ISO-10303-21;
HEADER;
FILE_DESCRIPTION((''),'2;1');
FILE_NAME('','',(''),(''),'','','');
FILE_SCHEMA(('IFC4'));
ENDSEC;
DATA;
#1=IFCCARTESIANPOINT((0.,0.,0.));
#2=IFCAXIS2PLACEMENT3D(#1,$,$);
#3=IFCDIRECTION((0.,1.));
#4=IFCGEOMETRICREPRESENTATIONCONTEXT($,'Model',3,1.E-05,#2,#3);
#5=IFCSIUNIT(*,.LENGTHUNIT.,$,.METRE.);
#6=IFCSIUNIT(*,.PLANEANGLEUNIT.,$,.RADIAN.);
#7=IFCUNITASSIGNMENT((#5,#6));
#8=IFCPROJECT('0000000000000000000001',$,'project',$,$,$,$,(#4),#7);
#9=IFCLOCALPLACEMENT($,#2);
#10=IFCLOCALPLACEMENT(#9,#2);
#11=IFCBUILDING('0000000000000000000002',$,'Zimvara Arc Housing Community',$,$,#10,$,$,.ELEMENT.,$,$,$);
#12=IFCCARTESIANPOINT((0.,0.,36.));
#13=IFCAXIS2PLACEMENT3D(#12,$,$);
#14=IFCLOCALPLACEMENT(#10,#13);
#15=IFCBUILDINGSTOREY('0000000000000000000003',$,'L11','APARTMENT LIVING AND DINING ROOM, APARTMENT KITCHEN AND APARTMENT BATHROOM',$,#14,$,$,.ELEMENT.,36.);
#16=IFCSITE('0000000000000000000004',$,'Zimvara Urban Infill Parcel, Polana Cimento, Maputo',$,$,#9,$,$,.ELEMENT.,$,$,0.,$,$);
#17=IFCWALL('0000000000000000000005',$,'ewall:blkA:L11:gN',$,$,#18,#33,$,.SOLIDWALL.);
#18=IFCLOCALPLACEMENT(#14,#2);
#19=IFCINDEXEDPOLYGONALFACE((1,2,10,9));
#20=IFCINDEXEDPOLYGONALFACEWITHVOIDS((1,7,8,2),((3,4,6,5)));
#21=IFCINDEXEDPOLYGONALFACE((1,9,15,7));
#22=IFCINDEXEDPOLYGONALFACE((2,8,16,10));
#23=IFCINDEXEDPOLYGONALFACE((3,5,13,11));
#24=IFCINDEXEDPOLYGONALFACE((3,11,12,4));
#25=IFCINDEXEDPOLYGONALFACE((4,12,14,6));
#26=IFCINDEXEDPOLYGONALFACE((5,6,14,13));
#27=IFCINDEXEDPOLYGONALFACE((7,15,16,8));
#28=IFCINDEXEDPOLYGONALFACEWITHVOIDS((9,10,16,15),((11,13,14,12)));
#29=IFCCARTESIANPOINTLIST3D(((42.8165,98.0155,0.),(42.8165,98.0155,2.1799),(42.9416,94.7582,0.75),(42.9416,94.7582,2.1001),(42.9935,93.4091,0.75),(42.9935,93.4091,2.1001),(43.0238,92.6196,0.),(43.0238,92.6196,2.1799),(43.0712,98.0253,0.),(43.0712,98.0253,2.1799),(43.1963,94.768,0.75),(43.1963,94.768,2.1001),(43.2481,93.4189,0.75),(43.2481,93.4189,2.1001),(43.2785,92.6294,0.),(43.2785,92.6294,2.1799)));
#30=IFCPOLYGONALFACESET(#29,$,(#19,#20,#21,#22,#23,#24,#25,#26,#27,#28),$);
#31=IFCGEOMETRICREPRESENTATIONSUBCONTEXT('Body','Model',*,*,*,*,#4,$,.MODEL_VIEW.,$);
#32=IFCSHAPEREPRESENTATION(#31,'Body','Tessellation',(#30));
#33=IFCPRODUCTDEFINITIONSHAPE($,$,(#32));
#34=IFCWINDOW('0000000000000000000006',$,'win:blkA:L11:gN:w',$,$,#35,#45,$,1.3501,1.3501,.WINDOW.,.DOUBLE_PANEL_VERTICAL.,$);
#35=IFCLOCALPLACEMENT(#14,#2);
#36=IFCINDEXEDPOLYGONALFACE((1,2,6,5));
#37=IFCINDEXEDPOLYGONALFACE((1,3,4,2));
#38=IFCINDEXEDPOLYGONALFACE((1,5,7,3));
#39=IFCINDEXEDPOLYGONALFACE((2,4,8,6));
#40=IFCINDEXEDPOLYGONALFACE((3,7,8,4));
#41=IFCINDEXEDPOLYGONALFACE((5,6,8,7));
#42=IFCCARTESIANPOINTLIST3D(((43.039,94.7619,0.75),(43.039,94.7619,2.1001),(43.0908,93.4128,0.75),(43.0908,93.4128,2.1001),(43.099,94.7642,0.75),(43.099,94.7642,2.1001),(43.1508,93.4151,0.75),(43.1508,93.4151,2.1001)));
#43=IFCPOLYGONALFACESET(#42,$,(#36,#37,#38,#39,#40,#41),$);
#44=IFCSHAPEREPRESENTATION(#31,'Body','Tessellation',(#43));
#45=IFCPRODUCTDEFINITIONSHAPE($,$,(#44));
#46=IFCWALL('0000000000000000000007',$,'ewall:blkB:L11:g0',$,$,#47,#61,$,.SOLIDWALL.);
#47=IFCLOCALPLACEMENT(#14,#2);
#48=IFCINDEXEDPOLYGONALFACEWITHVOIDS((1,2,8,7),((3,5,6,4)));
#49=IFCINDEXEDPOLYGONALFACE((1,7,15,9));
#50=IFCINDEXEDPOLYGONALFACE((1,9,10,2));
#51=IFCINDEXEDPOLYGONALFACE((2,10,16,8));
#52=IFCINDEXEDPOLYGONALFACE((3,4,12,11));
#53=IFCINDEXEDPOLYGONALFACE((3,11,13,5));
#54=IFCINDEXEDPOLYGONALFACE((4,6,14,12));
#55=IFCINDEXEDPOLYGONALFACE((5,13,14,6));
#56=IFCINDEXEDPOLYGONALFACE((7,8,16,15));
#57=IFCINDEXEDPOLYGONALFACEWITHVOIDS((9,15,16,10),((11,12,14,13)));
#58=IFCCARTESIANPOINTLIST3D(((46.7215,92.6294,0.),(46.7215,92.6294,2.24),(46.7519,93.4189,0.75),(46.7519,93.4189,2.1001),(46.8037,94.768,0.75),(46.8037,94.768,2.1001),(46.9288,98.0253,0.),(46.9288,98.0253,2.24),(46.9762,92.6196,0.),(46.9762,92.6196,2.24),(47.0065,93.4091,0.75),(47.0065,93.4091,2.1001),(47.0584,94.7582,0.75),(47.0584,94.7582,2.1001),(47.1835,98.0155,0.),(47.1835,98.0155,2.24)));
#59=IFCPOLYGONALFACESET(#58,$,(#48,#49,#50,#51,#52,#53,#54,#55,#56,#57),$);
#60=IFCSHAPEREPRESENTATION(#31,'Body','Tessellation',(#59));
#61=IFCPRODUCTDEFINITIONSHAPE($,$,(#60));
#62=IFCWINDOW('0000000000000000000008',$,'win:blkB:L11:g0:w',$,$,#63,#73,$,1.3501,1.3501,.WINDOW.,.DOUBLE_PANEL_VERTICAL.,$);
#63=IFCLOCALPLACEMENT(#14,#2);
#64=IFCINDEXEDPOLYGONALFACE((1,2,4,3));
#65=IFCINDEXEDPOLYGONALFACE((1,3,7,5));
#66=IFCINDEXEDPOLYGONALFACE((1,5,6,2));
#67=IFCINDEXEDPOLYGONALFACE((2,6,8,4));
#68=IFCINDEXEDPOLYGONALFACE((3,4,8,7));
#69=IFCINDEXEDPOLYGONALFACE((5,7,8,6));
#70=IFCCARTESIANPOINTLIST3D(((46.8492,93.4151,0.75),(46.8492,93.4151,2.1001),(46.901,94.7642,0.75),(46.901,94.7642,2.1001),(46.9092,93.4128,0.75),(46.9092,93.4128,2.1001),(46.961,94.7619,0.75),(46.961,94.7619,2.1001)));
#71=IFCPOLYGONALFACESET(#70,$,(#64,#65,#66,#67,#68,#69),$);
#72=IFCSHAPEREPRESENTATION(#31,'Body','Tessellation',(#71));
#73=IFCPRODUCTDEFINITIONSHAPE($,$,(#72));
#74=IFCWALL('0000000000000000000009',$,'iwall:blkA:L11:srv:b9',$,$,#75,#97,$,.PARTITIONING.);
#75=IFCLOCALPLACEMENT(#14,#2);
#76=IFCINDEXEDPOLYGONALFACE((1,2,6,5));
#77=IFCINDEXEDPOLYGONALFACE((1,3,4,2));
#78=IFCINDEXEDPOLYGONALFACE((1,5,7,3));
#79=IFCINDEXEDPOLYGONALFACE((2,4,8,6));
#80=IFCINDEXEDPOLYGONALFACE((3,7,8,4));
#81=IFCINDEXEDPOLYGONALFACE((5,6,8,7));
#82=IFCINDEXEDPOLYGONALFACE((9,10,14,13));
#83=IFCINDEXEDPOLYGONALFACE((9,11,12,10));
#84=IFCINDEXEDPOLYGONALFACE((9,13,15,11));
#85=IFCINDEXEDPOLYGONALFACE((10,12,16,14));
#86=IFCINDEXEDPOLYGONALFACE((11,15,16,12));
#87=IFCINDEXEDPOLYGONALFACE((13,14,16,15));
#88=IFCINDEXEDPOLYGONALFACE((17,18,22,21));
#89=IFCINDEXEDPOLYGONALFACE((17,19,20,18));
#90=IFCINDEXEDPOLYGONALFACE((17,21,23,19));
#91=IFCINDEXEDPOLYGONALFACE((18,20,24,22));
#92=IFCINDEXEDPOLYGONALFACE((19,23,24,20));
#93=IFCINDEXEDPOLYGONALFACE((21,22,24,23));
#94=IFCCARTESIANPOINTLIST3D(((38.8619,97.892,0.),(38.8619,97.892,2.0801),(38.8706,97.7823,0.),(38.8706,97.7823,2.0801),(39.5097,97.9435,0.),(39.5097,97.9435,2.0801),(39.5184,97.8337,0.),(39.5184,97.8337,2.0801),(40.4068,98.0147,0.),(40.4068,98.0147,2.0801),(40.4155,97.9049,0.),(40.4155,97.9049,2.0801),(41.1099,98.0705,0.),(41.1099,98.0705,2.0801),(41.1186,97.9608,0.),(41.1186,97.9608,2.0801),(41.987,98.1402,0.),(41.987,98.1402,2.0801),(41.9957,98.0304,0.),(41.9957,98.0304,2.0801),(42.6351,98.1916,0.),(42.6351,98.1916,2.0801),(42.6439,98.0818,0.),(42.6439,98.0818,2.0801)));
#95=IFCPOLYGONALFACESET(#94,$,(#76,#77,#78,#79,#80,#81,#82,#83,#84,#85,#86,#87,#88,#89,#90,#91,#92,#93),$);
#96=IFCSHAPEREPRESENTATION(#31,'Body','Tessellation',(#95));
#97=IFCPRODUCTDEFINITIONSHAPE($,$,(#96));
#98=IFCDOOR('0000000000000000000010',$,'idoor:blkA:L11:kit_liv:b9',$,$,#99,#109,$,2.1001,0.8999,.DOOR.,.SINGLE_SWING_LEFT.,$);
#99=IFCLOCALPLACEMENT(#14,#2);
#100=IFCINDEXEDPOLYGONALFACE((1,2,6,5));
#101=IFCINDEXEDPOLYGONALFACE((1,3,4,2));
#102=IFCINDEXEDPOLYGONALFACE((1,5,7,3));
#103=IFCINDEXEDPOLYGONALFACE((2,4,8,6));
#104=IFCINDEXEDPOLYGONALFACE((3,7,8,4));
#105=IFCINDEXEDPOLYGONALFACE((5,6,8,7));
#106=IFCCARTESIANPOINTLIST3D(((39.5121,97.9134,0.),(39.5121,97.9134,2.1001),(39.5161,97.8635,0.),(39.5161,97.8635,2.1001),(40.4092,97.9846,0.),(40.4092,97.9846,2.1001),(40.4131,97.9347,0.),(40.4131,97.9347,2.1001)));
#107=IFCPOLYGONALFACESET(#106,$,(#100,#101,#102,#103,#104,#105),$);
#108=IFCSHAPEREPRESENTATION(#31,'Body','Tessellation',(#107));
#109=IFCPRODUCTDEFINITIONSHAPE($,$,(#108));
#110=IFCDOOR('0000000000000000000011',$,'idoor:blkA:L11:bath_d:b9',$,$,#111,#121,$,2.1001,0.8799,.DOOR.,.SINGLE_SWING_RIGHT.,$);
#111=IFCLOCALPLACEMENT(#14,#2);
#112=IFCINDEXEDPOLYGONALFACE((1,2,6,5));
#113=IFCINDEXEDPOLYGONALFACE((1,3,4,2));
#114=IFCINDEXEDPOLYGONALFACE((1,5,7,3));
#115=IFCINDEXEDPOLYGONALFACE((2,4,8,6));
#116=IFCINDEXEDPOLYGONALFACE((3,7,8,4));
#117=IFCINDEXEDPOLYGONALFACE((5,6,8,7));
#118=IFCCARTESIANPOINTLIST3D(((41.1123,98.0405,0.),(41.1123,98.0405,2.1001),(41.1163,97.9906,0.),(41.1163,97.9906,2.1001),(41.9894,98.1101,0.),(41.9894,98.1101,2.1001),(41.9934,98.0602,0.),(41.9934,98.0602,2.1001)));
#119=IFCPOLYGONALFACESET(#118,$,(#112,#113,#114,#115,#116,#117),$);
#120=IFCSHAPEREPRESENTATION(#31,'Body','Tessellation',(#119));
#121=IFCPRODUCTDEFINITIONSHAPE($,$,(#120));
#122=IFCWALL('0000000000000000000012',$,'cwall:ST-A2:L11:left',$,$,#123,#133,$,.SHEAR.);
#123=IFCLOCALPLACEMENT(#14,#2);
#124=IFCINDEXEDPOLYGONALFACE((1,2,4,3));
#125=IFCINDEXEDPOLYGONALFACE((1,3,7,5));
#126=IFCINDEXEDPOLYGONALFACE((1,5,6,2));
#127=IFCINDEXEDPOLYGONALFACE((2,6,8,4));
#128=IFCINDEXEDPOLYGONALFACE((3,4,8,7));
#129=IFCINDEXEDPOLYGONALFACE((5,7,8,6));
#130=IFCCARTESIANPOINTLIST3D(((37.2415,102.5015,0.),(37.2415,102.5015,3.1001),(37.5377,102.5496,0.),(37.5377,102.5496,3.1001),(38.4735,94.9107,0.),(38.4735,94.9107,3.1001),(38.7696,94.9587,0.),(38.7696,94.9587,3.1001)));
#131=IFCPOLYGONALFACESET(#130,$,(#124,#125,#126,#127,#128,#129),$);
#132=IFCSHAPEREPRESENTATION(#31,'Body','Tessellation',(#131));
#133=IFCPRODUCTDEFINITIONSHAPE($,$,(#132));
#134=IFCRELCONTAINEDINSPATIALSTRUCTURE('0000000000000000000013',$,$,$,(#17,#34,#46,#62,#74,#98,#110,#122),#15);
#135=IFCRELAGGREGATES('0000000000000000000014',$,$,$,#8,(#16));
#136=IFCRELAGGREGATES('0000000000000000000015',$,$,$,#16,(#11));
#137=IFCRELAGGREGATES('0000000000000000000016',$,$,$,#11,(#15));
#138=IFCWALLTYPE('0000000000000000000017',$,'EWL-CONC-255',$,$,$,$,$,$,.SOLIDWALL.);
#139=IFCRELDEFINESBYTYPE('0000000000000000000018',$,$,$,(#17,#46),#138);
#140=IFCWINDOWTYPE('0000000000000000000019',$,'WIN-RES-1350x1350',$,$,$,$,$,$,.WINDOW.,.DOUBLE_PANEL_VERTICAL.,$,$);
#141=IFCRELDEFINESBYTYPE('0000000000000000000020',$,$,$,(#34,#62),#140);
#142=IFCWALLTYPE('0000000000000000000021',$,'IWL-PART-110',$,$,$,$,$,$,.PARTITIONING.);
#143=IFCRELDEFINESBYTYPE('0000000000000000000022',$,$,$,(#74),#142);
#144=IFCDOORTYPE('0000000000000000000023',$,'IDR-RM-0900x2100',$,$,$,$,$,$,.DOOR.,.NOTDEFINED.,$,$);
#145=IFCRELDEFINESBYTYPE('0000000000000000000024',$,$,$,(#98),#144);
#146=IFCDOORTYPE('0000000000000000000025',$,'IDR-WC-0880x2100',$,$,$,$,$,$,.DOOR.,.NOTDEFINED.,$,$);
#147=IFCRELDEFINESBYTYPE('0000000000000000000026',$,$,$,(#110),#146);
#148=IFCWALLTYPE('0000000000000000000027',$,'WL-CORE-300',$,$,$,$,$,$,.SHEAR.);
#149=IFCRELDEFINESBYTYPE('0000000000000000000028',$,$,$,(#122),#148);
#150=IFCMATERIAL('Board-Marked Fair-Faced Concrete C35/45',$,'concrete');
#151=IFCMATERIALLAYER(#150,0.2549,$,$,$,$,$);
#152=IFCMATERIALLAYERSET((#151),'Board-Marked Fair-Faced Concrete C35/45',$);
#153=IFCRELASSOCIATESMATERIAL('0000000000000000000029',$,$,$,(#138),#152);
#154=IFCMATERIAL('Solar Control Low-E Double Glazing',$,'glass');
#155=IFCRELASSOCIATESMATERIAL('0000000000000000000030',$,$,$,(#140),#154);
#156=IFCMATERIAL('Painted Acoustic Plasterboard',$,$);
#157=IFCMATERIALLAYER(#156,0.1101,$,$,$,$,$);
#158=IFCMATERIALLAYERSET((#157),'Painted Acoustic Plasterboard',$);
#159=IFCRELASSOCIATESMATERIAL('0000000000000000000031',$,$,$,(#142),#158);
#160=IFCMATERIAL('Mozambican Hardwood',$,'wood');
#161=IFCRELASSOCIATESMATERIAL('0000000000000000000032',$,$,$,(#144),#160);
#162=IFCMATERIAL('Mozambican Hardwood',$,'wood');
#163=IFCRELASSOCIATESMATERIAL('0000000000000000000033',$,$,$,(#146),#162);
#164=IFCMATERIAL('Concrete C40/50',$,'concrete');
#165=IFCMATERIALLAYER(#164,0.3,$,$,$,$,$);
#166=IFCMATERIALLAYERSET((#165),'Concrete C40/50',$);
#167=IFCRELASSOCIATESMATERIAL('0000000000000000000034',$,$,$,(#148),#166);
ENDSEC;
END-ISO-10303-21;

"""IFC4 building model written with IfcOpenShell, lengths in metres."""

from ifc_helpers import new_model, si_unit, direction, frame, frame_2d, origin, place, context, subcontext, project, spatial, rectangle, extrude, material, layer, layer_set, type_object, element, fill, save


model = new_model("IFC4")

# Units and contexts
model_context = context("Model", 3, precision=1e-05, world=origin(), true_north=direction((0.0, 1.0)))
body_context = subcontext(model_context, "Body", "Model", "MODEL_VIEW")
ifc_project = project(units=[si_unit("LENGTHUNIT", "METRE"), si_unit("PLANEANGLEUNIT", "RADIAN")], contexts=[model_context])

# Site, building, storey
site_placement = place(None, origin())
site = spatial("IfcSite", under=ifc_project, at=site_placement, Name="Zimvara Urban Infill Parcel, Polana Cimento, Maputo", CompositionType="ELEMENT", RefElevation=0.0)
building_placement = place(site_placement, origin())
building = spatial("IfcBuilding", under=site, at=building_placement, Name="Zimvara Arc Housing Community", CompositionType="ELEMENT")
storey_placement = place(building_placement, frame((0.0, 0.0, 36.0)))
storey = spatial("IfcBuildingStorey", under=building, at=storey_placement, Name="L11", Description="APARTMENT LIVING AND DINING ROOM, APARTMENT KITCHEN AND APARTMENT BATHROOM", CompositionType="ELEMENT", Elevation=36.0)

# Walls, openings, windows
ifc_material_1 = material(Name="Board-Marked Fair-Faced Concrete C35/45", Category="concrete")
ifc_layer_1 = layer(ifc_material_1, 0.2549)
ifc_layer_set_1 = layer_set([ifc_layer_1], Name="Board-Marked Fair-Faced Concrete C35/45")
wall_type_1 = type_object("IfcWallType", Name="EWL-CONC-255", PredefinedType="SOLIDWALL", material=ifc_layer_set_1)
wall_1_placement = place(storey_placement, frame((43.1511, 92.6245, 0.0), z_axis=(0.0, 0.0, 1.0), x_axis=(-0.038385, 0.999263, 0.0)))
wall_1 = element("IfcWall", 1, at=wall_1_placement, inside=storey, type_object=wall_type_1, Name="ewall:blkA:L11:gN", PredefinedType="SOLIDWALL", context=body_context, shape_type="SweptSolid", body=[
    extrude(rectangle(XDim=5.3999, YDim=0.2549, at=frame_2d((2.7, 0.0))), origin(), (0.0, 0.0, 1.0), 2.1799),
])
opening_1_placement = place(wall_1_placement, frame((0.79, 0.0, 0.75)))
opening_1 = element("IfcOpeningElement", 2, at=opening_1_placement, cuts=wall_1, PredefinedType="OPENING", context=body_context, shape_type="SweptSolid", body=[
    extrude(rectangle(XDim=1.3501, YDim=1.3501, at=frame_2d((0.675, 0.675))), frame((0.0, 0.1375, 0.0), z_axis=(0.0, -1.0, 0.0), x_axis=(1.0, 0.0, 0.0)), (0.0, 0.0, 1.0), 0.2749),
])
ifc_material_2 = material(Name="Solar Control Low-E Double Glazing", Category="glass")
window_type = type_object("IfcWindowType", Name="WIN-RES-1350x1350", PartitioningType="DOUBLE_PANEL_VERTICAL", PredefinedType="WINDOW", material=ifc_material_2)
window_1_placement = place(opening_1_placement, origin())
window_1 = element("IfcWindow", 3, at=window_1_placement, inside=storey, type_object=window_type, Name="win:blkA:L11:gN:w", OverallHeight=1.3501, OverallWidth=1.3501, PartitioningType="DOUBLE_PANEL_VERTICAL", PredefinedType="WINDOW", context=body_context, shape_type="SweptSolid", body=[
    extrude(rectangle(XDim=1.3501, YDim=1.3501, at=frame_2d((0.675, 0.675))), frame((0.0, 0.03, 0.0), z_axis=(0.0, -1.0, 0.0), x_axis=(1.0, 0.0, 0.0)), (0.0, 0.0, 1.0), 0.0601),
])
fill(opening_1, window_1)
wall_2_placement = place(storey_placement, frame((46.8489, 92.6245, 0.0), z_axis=(0.0, 0.0, 1.0), x_axis=(0.038385, 0.999263, 0.0)))
wall_2 = element("IfcWall", 4, at=wall_2_placement, inside=storey, type_object=wall_type_1, Name="ewall:blkB:L11:g0", PredefinedType="SOLIDWALL", context=body_context, shape_type="SweptSolid", body=[
    extrude(rectangle(XDim=5.3999, YDim=0.2549, at=frame_2d((2.7, 0.0))), origin(), (0.0, 0.0, 1.0), 2.24),
])
opening_2_placement = place(wall_2_placement, frame((0.79, 0.0, 0.75)))
opening_2 = element("IfcOpeningElement", 5, at=opening_2_placement, cuts=wall_2, PredefinedType="OPENING", context=body_context, shape_type="SweptSolid", body=[
    extrude(rectangle(XDim=1.3501, YDim=1.3501, at=frame_2d((0.675, 0.675))), frame((0.0, 0.1375, 0.0), z_axis=(0.0, -1.0, 0.0), x_axis=(1.0, 0.0, 0.0)), (0.0, 0.0, 1.0), 0.2749),
])
window_2_placement = place(opening_2_placement, origin())
window_2 = element("IfcWindow", 6, at=window_2_placement, inside=storey, type_object=window_type, Name="win:blkB:L11:g0:w", OverallHeight=1.3501, OverallWidth=1.3501, PartitioningType="DOUBLE_PANEL_VERTICAL", PredefinedType="WINDOW", context=body_context, shape_type="SweptSolid", body=[
    extrude(rectangle(XDim=1.3501, YDim=1.3501, at=frame_2d((0.675, 0.675))), frame((0.0, 0.03, 0.0), z_axis=(0.0, -1.0, 0.0), x_axis=(1.0, 0.0, 0.0)), (0.0, 0.0, 1.0), 0.0601),
])
fill(opening_2, window_2)

# Wall, openings, doors
ifc_material_3 = material(Name="Painted Acoustic Plasterboard")
ifc_layer_2 = layer(ifc_material_3, 0.1101)
ifc_layer_set_2 = layer_set([ifc_layer_2], Name="Painted Acoustic Plasterboard")
wall_type_2 = type_object("IfcWallType", Name="IWL-PART-110", PredefinedType="PARTITIONING", material=ifc_layer_set_2)
wall_3_placement = place(storey_placement, frame((38.8662, 97.8372, 0.0), z_axis=(0.0, 0.0, 1.0), x_axis=(0.996863, 0.079143, 0.0)))
wall_3 = element("IfcWall", 7, at=wall_3_placement, inside=storey, type_object=wall_type_2, Name="iwall:blkA:L11:srv:b9", PredefinedType="PARTITIONING", context=body_context, shape_type="SweptSolid", body=[
    extrude(rectangle(XDim=3.7852, YDim=0.1101, at=frame_2d((1.8926, 0.0))), origin(), (0.0, 0.0, 1.0), 2.0801),
])
opening_3_placement = place(wall_3_placement, frame((0.6499, 0.0, 0.0)))
opening_3 = element("IfcOpeningElement", 8, at=opening_3_placement, cuts=wall_3, PredefinedType="OPENING", context=body_context, shape_type="SweptSolid", body=[
    extrude(rectangle(XDim=0.8999, YDim=2.1001, at=frame_2d((0.45, 1.05))), frame((0.0, 0.0649, 0.0), z_axis=(0.0, -1.0, 0.0), x_axis=(1.0, 0.0, 0.0)), (0.0, 0.0, 1.0), 0.1301),
])
opening_4_placement = place(wall_3_placement, frame((2.2551, 0.0, 0.0)))
opening_4 = element("IfcOpeningElement", 9, at=opening_4_placement, cuts=wall_3, PredefinedType="OPENING", context=body_context, shape_type="SweptSolid", body=[
    extrude(rectangle(XDim=0.8799, YDim=2.1001, at=frame_2d((0.4399, 1.05))), frame((0.0, 0.0649, 0.0), z_axis=(0.0, -1.0, 0.0), x_axis=(1.0, 0.0, 0.0)), (0.0, 0.0, 1.0), 0.1301),
])
ifc_material_4 = material(Name="Mozambican Hardwood", Category="wood")
door_type_1 = type_object("IfcDoorType", Name="IDR-RM-0900x2100", OperationType="NOTDEFINED", PredefinedType="DOOR", material=ifc_material_4)
door_1_placement = place(opening_3_placement, origin())
door_1 = element("IfcDoor", 10, at=door_1_placement, inside=storey, type_object=door_type_1, Name="idoor:blkA:L11:kit_liv:b9", OperationType="SINGLE_SWING_LEFT", OverallHeight=2.1001, OverallWidth=0.8999, PredefinedType="DOOR", context=body_context, shape_type="SweptSolid", body=[
    extrude(rectangle(XDim=0.8999, YDim=2.1001, at=frame_2d((0.45, 1.05))), frame((0.0, 0.0249, 0.0), z_axis=(0.0, -1.0, 0.0), x_axis=(1.0, 0.0, 0.0)), (0.0, 0.0, 1.0), 0.05),
])
fill(opening_3, door_1)
ifc_material_5 = material(Name="Mozambican Hardwood", Category="wood")
door_type_2 = type_object("IfcDoorType", Name="IDR-WC-0880x2100", OperationType="NOTDEFINED", PredefinedType="DOOR", material=ifc_material_5)
door_2_placement = place(opening_4_placement, origin())
door_2 = element("IfcDoor", 11, at=door_2_placement, inside=storey, type_object=door_type_2, Name="idoor:blkA:L11:bath_d:b9", OperationType="SINGLE_SWING_RIGHT", OverallHeight=2.1001, OverallWidth=0.8799, PredefinedType="DOOR", context=body_context, shape_type="SweptSolid", body=[
    extrude(rectangle(XDim=0.8799, YDim=2.1001, at=frame_2d((0.4399, 1.05))), frame((0.0, 0.0249, 0.0), z_axis=(0.0, -1.0, 0.0), x_axis=(1.0, 0.0, 0.0)), (0.0, 0.0, 1.0), 0.05),
])
fill(opening_4, door_2)

# Shared definitions
ifc_material_6 = material(Name="Concrete C40/50", Category="concrete")
ifc_layer_3 = layer(ifc_material_6, 0.3)
ifc_layer_set_3 = layer_set([ifc_layer_3], Name="Concrete C40/50")
wall_type_3 = type_object("IfcWallType", Name="WL-CORE-300", PredefinedType="SHEAR", material=ifc_layer_set_3)

# Wall
wall_4_placement = place(storey_placement, frame((38.6216, 94.9346, 0.0), z_axis=(0.0, 0.0, 1.0), x_axis=(-0.160197, 0.987085, 0.0)))
element("IfcWall", 12, at=wall_4_placement, inside=storey, type_object=wall_type_3, Name="cwall:ST-A2:L11:left", PredefinedType="SHEAR", context=body_context, shape_type="SweptSolid", body=[
    extrude(rectangle(XDim=7.6902, YDim=0.3, at=frame_2d((3.8452, 0.0))), origin(), (0.0, 0.0, 1.0), 3.1001),
])

save(model, "model.ifc")
